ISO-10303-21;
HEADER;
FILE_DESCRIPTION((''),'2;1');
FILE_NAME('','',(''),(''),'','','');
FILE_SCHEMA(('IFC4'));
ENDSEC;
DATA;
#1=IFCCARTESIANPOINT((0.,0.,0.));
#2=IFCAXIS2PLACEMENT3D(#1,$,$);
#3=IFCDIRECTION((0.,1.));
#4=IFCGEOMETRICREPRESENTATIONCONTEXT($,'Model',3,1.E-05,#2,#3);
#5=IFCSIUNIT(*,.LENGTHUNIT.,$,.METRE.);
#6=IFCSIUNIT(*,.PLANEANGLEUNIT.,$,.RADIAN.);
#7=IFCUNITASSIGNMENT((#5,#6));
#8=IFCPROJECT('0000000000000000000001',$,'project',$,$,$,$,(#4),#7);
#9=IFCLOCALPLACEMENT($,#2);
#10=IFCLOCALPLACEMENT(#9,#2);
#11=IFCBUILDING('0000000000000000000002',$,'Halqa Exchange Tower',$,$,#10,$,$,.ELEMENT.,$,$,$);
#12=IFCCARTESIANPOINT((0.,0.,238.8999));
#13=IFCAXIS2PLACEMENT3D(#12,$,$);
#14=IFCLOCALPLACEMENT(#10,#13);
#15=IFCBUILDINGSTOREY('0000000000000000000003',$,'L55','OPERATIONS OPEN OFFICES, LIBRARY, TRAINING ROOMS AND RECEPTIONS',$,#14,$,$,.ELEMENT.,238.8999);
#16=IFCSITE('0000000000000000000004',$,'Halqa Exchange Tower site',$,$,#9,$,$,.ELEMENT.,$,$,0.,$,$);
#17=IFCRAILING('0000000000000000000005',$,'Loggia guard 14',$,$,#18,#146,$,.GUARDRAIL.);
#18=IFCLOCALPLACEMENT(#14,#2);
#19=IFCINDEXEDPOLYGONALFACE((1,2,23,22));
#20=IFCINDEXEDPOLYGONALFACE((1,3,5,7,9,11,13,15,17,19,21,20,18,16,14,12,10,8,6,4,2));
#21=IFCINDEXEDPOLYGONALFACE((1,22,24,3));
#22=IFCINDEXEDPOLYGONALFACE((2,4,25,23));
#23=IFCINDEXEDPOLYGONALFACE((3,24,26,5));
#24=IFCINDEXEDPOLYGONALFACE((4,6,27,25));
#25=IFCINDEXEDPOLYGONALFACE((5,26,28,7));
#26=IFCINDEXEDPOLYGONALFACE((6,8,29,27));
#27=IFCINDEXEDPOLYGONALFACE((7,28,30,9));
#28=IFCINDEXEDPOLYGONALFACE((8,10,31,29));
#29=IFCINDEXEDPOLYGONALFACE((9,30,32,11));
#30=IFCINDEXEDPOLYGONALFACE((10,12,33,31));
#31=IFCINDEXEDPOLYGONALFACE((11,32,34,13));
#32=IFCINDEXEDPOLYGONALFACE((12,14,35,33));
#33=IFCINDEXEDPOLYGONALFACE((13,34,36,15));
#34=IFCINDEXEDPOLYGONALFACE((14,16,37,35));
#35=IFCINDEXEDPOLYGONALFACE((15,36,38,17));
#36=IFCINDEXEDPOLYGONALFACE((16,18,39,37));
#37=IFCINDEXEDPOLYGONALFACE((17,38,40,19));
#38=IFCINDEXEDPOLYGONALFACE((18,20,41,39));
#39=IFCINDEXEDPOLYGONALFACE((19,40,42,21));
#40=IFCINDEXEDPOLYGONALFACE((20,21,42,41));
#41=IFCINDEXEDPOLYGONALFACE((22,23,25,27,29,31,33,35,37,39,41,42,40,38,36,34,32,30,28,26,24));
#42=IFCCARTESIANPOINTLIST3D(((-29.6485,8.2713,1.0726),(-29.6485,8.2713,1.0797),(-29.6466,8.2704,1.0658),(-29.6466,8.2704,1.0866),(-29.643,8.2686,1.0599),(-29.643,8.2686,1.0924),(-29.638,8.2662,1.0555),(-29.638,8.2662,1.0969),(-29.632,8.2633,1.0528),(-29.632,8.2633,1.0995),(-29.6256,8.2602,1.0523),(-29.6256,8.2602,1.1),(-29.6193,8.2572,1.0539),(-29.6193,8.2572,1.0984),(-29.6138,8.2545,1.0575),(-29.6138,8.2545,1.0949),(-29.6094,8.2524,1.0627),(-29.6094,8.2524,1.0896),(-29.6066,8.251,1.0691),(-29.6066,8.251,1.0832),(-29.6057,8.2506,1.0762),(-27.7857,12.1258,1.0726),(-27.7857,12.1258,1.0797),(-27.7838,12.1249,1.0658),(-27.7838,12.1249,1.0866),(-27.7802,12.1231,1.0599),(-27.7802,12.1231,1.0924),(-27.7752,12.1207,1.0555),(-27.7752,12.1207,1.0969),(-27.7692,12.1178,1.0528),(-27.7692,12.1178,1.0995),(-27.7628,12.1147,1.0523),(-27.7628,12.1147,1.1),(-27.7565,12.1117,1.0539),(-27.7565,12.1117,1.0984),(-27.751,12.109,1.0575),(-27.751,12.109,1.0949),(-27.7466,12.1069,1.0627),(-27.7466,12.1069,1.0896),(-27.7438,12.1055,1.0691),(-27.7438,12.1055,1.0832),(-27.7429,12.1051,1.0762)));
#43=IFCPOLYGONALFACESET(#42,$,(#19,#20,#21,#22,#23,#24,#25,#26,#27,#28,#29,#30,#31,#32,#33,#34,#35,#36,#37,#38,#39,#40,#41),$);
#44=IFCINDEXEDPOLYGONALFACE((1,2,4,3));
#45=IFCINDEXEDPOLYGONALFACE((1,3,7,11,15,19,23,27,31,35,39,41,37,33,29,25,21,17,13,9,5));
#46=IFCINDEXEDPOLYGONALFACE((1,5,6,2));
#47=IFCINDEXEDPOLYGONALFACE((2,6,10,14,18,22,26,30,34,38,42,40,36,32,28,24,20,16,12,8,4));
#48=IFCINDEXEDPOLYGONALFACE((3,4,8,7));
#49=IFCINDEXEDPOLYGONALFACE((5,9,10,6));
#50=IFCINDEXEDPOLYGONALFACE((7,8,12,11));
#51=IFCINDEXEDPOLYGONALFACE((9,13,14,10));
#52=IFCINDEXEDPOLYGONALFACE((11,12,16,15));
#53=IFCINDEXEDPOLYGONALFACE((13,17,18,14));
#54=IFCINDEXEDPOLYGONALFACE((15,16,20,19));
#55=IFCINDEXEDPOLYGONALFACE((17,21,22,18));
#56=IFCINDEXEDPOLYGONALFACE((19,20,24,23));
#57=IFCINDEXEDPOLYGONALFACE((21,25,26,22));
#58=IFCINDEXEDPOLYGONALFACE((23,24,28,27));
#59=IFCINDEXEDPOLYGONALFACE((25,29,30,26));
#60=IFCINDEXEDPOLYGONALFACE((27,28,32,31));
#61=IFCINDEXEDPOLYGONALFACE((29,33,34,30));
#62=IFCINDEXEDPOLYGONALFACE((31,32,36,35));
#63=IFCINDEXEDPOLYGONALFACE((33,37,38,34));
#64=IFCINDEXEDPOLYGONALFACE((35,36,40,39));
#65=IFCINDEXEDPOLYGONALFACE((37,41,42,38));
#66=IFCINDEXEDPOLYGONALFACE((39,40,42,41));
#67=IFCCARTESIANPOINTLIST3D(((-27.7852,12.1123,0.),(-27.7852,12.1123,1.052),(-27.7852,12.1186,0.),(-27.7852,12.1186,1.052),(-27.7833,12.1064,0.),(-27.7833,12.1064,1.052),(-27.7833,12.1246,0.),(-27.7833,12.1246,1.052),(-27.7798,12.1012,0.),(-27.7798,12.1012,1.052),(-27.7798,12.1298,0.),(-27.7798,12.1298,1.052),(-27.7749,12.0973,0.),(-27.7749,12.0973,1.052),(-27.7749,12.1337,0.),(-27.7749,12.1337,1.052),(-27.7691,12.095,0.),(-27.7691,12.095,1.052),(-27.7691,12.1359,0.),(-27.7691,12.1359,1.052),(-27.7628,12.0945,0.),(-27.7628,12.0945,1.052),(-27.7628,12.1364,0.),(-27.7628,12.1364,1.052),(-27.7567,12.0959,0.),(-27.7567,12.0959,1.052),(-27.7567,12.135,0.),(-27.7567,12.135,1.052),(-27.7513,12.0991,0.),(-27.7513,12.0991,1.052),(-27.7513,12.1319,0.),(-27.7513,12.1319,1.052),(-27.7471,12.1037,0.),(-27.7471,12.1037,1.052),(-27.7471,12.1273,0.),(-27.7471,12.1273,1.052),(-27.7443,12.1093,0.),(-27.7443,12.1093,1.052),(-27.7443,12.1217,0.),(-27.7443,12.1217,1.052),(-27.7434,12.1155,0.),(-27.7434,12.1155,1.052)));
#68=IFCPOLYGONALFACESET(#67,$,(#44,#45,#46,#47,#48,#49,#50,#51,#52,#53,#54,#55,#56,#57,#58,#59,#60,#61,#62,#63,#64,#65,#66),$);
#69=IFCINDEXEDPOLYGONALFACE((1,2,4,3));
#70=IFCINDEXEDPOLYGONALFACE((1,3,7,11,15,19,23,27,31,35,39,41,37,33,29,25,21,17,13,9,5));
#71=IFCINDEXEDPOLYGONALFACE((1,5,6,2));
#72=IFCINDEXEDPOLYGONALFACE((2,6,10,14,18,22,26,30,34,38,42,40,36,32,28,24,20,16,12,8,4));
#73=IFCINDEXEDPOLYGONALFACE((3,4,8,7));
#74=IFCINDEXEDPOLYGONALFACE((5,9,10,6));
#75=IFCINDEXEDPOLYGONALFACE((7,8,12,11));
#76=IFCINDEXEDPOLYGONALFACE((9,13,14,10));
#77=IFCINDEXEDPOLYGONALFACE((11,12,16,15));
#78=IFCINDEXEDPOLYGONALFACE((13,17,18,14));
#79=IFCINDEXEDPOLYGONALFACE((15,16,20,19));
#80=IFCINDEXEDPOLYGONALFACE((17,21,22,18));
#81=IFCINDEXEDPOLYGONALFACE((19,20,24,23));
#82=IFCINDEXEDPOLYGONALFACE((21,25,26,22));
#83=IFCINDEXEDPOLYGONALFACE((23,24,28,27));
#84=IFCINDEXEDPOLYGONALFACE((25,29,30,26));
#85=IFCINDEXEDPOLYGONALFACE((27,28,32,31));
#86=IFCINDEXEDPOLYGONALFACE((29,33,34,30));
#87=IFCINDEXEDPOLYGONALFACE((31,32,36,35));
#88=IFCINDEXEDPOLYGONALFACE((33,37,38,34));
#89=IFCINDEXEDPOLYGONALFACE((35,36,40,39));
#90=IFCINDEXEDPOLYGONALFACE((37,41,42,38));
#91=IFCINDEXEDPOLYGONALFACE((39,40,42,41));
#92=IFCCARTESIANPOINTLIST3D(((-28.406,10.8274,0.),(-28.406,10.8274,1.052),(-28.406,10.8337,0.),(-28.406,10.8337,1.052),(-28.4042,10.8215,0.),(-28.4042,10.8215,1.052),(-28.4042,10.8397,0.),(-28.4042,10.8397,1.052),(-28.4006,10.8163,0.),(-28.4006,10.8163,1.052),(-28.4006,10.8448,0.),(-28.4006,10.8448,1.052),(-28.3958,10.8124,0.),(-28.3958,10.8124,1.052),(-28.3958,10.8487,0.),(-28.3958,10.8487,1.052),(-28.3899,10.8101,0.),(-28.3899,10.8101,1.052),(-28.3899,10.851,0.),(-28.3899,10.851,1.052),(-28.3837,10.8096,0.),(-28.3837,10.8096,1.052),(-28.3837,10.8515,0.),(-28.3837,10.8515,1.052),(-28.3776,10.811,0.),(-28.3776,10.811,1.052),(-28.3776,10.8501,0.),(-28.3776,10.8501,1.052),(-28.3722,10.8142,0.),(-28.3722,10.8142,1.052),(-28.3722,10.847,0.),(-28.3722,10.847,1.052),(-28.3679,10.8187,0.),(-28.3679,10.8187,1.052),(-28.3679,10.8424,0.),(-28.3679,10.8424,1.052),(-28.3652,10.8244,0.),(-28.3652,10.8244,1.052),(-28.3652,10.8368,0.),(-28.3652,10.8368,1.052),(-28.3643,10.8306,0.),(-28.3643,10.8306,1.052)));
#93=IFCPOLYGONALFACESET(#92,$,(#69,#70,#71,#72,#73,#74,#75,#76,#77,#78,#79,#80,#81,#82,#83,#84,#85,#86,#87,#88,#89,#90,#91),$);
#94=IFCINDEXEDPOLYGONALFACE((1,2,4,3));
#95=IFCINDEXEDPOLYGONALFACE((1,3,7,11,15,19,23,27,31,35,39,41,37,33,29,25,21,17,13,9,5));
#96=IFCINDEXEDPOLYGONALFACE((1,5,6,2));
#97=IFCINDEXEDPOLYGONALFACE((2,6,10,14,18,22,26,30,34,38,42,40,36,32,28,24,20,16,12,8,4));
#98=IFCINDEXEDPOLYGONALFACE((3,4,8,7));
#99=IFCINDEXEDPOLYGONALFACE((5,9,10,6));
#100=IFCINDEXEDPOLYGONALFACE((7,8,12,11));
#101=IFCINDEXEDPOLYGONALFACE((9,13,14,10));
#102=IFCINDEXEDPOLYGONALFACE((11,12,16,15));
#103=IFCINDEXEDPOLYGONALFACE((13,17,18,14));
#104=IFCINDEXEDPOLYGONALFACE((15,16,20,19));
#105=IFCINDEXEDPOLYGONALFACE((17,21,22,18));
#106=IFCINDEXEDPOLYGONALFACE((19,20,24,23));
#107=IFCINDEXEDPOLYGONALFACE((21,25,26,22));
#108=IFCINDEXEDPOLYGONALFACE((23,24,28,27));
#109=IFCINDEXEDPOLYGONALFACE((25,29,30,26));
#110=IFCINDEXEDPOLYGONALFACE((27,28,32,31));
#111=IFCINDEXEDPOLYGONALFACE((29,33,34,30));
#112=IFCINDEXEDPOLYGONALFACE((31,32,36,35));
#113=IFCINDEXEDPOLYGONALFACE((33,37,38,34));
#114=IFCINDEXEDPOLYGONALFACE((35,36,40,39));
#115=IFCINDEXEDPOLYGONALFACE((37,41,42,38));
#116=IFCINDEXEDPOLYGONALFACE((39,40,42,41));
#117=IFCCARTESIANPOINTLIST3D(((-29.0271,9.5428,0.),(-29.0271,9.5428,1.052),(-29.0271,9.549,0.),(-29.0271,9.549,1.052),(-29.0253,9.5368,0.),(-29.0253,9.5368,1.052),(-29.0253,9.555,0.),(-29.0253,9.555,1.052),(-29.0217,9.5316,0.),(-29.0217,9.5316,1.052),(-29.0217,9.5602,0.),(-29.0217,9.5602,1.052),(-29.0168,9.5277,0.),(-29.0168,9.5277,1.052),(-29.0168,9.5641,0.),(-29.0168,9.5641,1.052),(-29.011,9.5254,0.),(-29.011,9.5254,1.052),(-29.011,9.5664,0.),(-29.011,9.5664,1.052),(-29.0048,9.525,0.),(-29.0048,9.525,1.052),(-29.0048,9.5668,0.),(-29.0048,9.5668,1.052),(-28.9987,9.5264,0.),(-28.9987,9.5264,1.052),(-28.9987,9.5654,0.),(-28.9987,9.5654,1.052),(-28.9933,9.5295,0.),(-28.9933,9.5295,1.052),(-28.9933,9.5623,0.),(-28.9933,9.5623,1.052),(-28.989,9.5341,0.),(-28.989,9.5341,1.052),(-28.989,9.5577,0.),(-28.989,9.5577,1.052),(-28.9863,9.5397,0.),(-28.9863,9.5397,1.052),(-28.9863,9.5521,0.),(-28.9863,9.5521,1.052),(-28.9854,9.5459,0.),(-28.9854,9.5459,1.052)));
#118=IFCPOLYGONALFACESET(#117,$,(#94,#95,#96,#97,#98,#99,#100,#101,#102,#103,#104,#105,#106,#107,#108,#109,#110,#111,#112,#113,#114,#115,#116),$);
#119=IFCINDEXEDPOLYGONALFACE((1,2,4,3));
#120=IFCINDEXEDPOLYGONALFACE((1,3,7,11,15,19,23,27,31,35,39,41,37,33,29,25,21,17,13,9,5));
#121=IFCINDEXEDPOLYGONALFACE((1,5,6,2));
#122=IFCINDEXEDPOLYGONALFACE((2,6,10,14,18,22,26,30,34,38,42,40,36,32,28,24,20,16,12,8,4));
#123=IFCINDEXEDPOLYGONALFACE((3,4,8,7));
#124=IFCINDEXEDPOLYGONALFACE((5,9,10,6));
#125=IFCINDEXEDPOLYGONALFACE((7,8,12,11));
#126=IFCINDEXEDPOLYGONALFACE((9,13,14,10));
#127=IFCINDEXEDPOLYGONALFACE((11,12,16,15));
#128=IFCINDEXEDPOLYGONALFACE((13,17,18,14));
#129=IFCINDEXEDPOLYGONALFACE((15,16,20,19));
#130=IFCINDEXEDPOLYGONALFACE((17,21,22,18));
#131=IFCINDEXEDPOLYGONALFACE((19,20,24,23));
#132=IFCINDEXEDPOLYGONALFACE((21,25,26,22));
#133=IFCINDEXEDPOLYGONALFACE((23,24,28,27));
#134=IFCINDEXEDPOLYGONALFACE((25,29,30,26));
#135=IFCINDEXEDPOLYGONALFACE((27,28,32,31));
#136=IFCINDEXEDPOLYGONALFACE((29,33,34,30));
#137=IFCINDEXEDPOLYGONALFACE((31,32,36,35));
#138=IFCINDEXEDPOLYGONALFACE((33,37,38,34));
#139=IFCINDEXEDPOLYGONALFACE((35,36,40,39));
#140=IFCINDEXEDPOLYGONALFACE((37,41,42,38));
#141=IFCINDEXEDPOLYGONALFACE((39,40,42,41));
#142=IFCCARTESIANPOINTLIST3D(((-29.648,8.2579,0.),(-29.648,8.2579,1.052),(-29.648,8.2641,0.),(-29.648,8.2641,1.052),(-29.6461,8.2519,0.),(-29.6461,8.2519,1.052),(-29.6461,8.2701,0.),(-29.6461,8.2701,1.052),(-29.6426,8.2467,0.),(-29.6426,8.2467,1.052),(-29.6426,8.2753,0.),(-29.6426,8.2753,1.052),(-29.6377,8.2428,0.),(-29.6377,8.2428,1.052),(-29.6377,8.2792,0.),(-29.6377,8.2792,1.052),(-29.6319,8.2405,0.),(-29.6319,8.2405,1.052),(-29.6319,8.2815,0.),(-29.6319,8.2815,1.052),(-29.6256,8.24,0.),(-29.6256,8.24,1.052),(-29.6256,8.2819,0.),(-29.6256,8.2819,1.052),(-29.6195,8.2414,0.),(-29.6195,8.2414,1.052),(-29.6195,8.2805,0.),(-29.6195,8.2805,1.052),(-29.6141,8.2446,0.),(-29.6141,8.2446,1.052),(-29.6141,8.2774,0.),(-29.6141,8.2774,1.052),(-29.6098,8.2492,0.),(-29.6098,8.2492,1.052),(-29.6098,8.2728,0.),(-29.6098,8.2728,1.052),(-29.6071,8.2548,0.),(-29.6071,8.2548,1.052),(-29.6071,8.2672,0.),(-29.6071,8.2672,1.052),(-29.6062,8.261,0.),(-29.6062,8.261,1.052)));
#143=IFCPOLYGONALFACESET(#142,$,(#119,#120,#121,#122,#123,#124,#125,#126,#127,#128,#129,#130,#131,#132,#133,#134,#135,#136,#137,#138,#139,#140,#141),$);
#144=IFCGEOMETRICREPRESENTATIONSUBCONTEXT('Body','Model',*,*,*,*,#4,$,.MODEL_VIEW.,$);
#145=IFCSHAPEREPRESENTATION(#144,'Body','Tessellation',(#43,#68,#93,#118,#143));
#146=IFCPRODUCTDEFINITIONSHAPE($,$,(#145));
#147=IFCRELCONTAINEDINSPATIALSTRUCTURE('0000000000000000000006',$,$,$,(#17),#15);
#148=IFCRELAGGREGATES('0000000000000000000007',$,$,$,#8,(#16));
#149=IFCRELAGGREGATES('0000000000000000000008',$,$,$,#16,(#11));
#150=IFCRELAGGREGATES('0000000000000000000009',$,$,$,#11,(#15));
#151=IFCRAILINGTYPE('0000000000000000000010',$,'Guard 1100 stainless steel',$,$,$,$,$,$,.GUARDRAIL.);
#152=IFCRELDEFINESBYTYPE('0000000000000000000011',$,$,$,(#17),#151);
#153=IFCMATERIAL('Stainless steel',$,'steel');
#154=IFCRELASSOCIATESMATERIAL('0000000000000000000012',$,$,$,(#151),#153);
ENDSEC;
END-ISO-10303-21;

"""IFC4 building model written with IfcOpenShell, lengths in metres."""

from ifc_helpers import new_model, si_unit, direction, frame, origin, origin_2d, place, context, subcontext, project, spatial, circle, extrude, material, type_object, element, save


model = new_model("IFC4")

# Units and contexts
model_context = context("Model", 3, precision=1e-05, world=origin(), true_north=direction((0.0, 1.0)))
body_context = subcontext(model_context, "Body", "Model", "MODEL_VIEW")
ifc_project = project(units=[si_unit("LENGTHUNIT", "METRE"), si_unit("PLANEANGLEUNIT", "RADIAN")], contexts=[model_context])

# Site, building, storey
site_placement = place(None, origin())
site = spatial("IfcSite", under=ifc_project, at=site_placement, Name="Halqa Exchange Tower site", CompositionType="ELEMENT", RefElevation=0.0)
building_placement = place(site_placement, origin())
building = spatial("IfcBuilding", under=site, at=building_placement, Name="Halqa Exchange Tower", CompositionType="ELEMENT")
storey_placement = place(building_placement, frame((0.0, 0.0, 238.8999)))
storey = spatial("IfcBuildingStorey", under=building, at=storey_placement, Name="L55", Description="OPERATIONS OPEN OFFICES, LIBRARY, TRAINING ROOMS AND RECEPTIONS", CompositionType="ELEMENT", Elevation=238.8999)

# Railing
ifc_material_1 = material(Name="Stainless steel", Category="steel")
railing_type = type_object("IfcRailingType", Name="Guard 1100 stainless steel", PredefinedType="GUARDRAIL", material=ifc_material_1)
railing_1_placement = place(storey_placement, frame((-27.7644, 12.1155, 0.0)))
element("IfcRailing", 1, at=railing_1_placement, inside=storey, type_object=railing_type, Name="Loggia guard 14", PredefinedType="GUARDRAIL", context=body_context, shape_type="SweptSolid", body=[
    extrude(circle(Radius=0.0239, at=origin_2d()), frame((0.0, 0.0, 1.0762), z_axis=(-0.435129, -0.900368, 0.0), x_axis=(0.900368, -0.435129, 0.0)), (0.0, 0.0, 1.0), 4.281),
    extrude(circle(Radius=0.021, at=origin_2d()), origin(), (0.0, 0.0, 1.0), 1.052),
    extrude(circle(Radius=0.021, at=origin_2d()), frame((-0.6208, -1.2849, 0.0)), (0.0, 0.0, 1.0), 1.052),
    extrude(circle(Radius=0.021, at=origin_2d()), frame((-1.2419, -2.5696, 0.0)), (0.0, 0.0, 1.0), 1.052),
    extrude(circle(Radius=0.021, at=origin_2d()), frame((-1.8628, -3.8545, 0.0)), (0.0, 0.0, 1.0), 1.052),
])

save(model, "model.ifc")
